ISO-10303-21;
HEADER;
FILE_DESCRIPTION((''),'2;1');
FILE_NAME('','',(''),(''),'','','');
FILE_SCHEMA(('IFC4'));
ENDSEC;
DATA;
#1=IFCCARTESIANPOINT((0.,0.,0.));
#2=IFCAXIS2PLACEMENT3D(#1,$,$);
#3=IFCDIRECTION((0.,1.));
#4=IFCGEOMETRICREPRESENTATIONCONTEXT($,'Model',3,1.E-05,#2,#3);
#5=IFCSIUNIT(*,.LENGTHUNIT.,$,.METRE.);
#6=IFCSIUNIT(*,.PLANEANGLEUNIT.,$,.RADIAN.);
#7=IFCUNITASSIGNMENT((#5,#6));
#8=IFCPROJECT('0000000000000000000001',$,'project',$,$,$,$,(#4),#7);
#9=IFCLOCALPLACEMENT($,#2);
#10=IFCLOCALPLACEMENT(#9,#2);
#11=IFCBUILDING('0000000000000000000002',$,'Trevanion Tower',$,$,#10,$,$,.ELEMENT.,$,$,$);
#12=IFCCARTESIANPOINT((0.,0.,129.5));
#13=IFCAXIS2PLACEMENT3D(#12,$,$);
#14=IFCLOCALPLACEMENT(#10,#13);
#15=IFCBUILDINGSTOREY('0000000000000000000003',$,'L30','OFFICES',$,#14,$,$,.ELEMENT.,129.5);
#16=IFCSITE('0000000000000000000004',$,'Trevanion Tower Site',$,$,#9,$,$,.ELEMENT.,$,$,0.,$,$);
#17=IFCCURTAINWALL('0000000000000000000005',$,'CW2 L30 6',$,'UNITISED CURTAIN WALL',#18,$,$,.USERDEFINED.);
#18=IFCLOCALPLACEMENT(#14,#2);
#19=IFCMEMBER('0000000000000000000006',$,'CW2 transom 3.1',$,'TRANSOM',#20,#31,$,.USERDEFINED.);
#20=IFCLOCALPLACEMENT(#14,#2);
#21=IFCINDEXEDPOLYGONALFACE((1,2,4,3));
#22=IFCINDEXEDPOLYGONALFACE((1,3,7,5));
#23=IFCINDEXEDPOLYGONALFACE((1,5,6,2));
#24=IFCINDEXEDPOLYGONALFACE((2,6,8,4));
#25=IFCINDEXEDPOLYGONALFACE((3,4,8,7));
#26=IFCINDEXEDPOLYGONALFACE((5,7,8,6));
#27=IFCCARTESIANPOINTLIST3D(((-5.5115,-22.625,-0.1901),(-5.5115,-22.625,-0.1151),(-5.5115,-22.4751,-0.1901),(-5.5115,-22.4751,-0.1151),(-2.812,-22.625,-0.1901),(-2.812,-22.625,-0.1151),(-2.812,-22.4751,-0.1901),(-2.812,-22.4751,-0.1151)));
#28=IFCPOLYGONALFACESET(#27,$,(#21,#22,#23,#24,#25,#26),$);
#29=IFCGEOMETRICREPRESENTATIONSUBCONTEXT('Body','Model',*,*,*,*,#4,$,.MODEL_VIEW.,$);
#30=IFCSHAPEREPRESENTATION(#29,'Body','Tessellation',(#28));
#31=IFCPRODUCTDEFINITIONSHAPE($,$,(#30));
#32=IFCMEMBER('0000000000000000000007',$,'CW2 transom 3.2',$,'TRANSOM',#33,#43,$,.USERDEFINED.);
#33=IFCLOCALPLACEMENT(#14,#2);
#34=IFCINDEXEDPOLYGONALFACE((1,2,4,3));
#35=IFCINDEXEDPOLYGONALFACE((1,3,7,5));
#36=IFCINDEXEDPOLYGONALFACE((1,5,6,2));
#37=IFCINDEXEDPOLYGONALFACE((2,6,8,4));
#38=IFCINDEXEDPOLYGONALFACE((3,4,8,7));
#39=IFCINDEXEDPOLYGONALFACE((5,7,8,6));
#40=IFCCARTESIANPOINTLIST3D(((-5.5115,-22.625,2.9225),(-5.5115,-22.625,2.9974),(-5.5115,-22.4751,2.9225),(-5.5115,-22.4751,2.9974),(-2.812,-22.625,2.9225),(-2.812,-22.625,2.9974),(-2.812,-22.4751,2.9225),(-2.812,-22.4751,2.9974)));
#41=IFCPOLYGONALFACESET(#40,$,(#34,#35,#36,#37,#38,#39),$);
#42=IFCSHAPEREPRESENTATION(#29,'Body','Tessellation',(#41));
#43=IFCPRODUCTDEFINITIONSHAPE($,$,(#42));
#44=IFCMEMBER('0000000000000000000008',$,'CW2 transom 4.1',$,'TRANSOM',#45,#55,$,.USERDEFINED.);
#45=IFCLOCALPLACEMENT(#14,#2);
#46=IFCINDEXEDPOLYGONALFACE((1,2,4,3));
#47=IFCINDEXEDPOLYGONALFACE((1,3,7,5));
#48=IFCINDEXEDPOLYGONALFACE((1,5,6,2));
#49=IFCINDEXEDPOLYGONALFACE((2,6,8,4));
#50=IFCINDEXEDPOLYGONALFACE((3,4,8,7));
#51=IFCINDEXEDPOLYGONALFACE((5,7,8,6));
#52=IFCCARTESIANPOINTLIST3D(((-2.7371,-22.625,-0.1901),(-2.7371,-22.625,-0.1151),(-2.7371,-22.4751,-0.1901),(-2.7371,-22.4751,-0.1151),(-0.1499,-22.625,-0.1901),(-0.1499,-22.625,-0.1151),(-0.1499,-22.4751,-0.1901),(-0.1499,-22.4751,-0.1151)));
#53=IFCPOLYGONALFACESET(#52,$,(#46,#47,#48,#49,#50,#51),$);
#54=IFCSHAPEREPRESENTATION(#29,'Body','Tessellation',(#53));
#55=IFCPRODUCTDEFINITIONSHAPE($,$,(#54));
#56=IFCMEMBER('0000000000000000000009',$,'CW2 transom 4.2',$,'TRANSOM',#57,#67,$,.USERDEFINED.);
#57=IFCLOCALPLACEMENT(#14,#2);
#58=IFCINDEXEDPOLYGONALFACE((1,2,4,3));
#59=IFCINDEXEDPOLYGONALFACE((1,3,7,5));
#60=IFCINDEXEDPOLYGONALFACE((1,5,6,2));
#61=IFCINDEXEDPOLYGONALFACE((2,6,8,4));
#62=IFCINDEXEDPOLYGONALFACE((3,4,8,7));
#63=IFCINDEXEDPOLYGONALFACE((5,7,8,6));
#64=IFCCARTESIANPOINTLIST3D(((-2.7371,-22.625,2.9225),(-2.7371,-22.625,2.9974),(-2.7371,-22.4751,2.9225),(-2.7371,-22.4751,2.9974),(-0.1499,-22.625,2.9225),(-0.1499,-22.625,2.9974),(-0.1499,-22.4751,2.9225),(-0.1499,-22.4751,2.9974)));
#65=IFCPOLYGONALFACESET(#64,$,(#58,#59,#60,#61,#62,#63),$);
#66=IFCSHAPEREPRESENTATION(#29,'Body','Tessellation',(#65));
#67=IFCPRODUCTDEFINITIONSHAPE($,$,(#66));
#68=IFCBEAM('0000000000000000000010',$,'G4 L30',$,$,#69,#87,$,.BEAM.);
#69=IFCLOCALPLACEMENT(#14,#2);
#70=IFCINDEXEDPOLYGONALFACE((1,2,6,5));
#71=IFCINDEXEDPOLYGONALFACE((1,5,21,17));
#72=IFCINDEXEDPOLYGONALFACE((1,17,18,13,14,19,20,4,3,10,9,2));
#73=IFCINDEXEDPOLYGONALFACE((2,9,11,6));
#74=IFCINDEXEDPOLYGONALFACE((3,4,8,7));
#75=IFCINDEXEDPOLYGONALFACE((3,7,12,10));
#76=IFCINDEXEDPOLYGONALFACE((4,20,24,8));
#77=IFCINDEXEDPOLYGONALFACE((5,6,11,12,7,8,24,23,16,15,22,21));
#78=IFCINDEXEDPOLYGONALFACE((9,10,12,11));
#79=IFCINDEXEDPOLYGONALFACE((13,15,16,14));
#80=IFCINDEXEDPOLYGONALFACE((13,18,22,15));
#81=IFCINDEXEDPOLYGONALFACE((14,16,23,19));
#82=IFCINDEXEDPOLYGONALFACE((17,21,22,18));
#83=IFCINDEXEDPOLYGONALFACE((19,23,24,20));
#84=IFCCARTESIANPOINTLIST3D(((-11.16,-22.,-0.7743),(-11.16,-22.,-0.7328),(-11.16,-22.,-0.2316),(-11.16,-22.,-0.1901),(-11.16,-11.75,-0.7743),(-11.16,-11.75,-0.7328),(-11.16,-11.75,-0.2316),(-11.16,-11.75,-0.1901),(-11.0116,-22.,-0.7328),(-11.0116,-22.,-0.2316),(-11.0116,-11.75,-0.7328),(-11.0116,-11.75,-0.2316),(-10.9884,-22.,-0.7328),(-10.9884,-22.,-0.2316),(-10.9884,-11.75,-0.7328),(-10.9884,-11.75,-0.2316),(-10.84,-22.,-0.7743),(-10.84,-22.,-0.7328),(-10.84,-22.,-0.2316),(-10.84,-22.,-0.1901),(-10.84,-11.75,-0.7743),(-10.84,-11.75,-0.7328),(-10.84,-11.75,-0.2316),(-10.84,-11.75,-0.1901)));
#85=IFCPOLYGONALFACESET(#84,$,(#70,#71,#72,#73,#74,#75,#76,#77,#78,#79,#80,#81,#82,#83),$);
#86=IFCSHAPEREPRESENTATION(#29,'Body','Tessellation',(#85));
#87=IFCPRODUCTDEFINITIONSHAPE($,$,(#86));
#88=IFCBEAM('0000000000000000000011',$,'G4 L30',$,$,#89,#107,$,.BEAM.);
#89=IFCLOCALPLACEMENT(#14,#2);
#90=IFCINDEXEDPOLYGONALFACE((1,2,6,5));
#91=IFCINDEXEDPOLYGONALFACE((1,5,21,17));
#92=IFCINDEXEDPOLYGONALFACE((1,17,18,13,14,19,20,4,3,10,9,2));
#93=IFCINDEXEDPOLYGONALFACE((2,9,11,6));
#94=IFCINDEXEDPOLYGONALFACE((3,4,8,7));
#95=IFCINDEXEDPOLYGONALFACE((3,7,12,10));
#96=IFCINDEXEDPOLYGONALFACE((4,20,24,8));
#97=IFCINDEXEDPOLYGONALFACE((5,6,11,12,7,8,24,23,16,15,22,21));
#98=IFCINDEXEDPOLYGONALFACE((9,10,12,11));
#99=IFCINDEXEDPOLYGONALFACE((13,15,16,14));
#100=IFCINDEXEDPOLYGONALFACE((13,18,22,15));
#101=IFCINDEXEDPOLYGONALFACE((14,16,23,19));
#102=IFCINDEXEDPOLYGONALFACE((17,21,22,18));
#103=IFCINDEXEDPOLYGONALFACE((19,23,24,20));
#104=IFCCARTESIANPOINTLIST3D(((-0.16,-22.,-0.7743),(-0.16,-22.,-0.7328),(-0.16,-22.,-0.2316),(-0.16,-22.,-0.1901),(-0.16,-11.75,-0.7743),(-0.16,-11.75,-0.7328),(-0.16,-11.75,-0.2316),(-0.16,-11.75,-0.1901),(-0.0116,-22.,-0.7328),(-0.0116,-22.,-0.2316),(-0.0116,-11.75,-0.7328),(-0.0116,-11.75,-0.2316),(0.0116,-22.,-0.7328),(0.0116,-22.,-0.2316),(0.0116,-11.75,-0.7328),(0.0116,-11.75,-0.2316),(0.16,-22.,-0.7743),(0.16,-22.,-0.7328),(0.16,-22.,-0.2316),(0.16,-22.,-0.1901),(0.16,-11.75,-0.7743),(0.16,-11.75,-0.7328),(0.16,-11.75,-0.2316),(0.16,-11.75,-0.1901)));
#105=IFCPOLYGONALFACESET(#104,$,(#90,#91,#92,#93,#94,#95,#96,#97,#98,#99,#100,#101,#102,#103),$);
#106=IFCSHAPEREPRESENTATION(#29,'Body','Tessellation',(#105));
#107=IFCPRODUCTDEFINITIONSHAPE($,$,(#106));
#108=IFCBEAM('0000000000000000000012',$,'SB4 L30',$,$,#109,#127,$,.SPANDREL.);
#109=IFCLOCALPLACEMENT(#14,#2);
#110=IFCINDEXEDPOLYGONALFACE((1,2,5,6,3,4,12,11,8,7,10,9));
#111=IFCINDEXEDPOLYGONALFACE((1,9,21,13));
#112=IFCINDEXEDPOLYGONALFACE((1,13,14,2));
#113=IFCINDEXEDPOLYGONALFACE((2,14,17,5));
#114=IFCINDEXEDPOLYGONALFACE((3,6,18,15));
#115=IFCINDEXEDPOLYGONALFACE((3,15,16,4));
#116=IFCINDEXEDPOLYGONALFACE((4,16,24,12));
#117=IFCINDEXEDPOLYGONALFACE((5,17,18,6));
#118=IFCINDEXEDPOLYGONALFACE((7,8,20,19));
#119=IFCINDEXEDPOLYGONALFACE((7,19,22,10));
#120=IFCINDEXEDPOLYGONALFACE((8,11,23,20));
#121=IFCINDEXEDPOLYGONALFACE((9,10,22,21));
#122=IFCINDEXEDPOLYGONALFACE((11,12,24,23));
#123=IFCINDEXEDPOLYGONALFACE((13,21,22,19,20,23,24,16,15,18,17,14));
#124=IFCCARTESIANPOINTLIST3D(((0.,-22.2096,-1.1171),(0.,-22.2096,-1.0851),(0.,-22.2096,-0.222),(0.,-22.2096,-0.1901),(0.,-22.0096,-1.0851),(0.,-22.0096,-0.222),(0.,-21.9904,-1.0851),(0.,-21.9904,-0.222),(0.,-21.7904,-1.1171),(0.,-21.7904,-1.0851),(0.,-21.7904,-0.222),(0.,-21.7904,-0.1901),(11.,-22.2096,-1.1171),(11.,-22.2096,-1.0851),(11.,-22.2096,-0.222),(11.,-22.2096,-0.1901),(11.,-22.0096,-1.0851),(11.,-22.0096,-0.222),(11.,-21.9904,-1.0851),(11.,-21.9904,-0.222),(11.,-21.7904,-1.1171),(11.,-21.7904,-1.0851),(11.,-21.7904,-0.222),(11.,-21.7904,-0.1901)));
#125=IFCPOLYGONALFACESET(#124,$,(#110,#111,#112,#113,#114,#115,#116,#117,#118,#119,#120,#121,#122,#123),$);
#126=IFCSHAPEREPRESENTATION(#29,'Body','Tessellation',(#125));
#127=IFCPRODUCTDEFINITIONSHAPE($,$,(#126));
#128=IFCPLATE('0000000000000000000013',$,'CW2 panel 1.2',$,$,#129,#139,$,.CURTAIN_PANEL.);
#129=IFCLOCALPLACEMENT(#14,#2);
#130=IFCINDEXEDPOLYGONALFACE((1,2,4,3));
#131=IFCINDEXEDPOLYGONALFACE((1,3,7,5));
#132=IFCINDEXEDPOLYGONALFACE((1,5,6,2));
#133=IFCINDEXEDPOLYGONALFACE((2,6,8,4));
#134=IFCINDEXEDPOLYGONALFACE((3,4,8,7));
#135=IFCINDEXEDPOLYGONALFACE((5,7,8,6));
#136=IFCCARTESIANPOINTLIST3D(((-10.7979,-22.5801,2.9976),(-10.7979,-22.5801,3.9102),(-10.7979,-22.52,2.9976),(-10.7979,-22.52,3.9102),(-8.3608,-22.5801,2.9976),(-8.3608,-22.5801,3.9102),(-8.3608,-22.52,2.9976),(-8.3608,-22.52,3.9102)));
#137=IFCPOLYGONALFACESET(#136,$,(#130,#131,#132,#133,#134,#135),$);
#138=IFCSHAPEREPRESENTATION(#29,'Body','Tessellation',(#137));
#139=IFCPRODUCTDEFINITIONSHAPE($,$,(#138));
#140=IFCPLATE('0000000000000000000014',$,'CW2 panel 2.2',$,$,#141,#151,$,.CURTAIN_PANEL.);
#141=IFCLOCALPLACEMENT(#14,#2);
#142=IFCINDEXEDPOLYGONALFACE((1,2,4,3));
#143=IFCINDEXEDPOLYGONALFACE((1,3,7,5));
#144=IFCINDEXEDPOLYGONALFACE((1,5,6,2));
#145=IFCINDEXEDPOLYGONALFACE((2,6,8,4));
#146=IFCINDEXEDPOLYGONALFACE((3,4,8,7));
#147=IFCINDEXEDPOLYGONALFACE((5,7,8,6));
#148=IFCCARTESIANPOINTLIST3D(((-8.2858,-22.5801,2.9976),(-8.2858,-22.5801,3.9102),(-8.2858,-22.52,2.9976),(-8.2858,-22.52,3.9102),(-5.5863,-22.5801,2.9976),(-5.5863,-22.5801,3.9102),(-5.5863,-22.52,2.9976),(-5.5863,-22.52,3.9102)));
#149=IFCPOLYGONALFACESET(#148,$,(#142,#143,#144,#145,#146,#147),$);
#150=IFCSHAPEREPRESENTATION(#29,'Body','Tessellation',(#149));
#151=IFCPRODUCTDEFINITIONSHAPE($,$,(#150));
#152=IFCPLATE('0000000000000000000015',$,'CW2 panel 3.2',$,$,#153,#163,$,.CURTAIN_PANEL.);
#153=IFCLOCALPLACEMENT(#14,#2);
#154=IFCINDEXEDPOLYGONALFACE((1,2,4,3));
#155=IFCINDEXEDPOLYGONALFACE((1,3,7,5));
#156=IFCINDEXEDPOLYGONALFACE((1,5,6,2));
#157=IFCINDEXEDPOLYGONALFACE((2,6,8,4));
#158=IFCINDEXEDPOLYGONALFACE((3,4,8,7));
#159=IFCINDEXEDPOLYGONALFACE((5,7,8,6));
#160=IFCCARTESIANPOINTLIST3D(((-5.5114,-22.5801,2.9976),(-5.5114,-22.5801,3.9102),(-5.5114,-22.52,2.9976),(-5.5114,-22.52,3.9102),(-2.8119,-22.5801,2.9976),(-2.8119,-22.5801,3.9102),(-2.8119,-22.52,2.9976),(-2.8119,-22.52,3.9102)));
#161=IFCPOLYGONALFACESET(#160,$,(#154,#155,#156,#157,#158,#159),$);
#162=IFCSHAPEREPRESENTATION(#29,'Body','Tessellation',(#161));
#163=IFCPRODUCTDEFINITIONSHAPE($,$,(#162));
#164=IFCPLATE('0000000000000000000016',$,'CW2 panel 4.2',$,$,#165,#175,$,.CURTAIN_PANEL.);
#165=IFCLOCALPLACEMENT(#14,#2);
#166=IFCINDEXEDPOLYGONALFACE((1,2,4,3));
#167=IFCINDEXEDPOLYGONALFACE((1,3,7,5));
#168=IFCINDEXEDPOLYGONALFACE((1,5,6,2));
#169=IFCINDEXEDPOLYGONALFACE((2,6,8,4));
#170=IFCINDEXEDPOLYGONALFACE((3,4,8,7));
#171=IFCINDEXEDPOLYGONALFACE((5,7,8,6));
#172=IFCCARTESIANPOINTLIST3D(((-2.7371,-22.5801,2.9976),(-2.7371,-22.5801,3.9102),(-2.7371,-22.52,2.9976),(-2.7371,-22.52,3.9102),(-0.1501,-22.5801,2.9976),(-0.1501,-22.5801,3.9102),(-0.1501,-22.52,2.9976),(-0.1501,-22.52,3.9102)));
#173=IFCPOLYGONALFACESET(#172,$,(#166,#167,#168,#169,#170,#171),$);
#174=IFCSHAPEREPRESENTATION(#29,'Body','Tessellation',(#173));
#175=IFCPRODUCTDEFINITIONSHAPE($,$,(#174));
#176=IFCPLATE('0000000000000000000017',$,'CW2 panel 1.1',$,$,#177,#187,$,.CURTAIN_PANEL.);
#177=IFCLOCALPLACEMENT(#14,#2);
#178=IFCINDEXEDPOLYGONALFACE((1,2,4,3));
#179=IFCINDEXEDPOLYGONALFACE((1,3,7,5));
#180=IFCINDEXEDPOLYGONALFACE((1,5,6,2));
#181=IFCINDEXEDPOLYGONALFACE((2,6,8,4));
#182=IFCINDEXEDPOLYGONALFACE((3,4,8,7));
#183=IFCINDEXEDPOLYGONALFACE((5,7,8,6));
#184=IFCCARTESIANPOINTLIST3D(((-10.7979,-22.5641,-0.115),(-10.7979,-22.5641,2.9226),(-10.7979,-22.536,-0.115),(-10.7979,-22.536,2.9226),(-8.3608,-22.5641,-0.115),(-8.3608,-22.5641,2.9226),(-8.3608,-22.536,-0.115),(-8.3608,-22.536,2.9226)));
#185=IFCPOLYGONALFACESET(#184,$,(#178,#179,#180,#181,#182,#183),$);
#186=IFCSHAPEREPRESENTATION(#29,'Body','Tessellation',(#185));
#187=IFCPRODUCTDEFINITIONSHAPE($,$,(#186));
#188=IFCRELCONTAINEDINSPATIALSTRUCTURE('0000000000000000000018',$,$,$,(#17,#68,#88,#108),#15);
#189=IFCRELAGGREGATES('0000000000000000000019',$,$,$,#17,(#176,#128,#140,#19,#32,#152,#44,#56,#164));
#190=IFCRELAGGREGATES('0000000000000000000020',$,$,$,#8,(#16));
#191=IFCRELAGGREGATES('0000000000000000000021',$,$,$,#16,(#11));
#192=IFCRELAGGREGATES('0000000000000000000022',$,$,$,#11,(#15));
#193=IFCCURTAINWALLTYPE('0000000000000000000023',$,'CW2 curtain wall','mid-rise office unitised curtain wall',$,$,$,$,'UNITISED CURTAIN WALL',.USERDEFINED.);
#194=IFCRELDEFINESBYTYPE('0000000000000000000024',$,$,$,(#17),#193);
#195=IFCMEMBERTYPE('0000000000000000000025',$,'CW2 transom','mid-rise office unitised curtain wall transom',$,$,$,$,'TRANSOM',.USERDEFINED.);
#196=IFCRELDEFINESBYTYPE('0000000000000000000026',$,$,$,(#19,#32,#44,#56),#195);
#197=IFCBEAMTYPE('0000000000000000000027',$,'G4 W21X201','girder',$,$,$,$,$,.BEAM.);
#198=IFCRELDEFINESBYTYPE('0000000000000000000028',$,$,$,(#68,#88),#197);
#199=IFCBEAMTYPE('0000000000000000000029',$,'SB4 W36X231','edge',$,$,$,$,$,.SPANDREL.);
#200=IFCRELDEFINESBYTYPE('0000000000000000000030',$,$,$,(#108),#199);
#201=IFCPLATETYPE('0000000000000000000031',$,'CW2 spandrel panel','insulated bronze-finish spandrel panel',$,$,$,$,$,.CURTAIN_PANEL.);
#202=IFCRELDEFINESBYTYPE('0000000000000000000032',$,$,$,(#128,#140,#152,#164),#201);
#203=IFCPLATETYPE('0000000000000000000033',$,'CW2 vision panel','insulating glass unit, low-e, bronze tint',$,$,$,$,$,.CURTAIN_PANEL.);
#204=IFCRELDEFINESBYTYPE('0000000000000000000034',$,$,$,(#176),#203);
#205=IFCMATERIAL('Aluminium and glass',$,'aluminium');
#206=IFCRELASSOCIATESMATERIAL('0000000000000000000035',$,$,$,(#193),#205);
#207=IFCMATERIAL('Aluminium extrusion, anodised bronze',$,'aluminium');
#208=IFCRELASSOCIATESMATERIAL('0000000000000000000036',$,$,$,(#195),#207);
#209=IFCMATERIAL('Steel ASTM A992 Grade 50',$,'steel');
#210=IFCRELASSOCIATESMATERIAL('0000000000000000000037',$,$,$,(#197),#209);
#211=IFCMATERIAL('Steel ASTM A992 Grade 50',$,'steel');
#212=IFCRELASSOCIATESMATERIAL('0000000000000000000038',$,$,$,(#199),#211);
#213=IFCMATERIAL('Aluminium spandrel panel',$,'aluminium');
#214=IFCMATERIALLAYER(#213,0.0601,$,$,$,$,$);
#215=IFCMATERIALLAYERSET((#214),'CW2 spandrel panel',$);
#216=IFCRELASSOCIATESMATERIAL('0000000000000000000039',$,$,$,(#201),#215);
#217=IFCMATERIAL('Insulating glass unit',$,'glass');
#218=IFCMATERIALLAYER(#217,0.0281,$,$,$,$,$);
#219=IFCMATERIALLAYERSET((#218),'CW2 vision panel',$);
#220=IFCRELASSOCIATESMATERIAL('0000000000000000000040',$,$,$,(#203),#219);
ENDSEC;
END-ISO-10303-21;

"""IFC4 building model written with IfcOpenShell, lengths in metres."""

from ifc_helpers import new_model, si_unit, direction, frame, origin, origin_2d, place, context, subcontext, project, spatial, rectangle, i_section, extrude, material, layer, layer_set, material_profile, profile_set, type_object, element, aggregate, save


model = new_model("IFC4")

# Units and contexts
model_context = context("Model", 3, precision=1e-05, world=origin(), true_north=direction((0.0, 1.0)))
body_context = subcontext(model_context, "Body", "Model", "MODEL_VIEW")
ifc_project = project(units=[si_unit("LENGTHUNIT", "METRE"), si_unit("PLANEANGLEUNIT", "RADIAN")], contexts=[model_context])

# Site, building, storey
site_placement = place(None, origin())
site = spatial("IfcSite", under=ifc_project, at=site_placement, Name="Trevanion Tower Site", CompositionType="ELEMENT", RefElevation=0.0)
building_placement = place(site_placement, origin())
building = spatial("IfcBuilding", under=site, at=building_placement, Name="Trevanion Tower", CompositionType="ELEMENT")
storey_placement = place(building_placement, frame((0.0, 0.0, 129.5)))
storey = spatial("IfcBuildingStorey", under=building, at=storey_placement, Name="L30", Description="OFFICES", CompositionType="ELEMENT", Elevation=129.5)

# Curtain wall, members
ifc_material_1 = material(Name="Aluminium and glass", Category="aluminium")
curtain_wall_type = type_object("IfcCurtainWallType", Name="CW2 curtain wall", Description="mid-rise office unitised curtain wall", ElementType="UNITISED CURTAIN WALL", PredefinedType="USERDEFINED", material=ifc_material_1)
curtain_wall_placement = place(storey_placement, origin())
curtain_wall = element("IfcCurtainWall", 1, at=curtain_wall_placement, inside=storey, type_object=curtain_wall_type, Name="CW2 L30 6", ObjectType="UNITISED CURTAIN WALL", PredefinedType="USERDEFINED")
ifc_material_2 = material(Name="Aluminium extrusion, anodised bronze", Category="aluminium")
ifc_material_profile_1 = material_profile(ifc_material_2, rectangle(XDim=0.1499, YDim=0.075, at=origin_2d()), Name="CW2 transom")
ifc_profile_set_1 = profile_set([ifc_material_profile_1], Name="Aluminium extrusion, anodised bronze")
member_type_1 = type_object("IfcMemberType", Name="CW2 transom", Description="mid-rise office unitised curtain wall transom", ElementType="TRANSOM", PredefinedType="USERDEFINED", material=ifc_profile_set_1)
member_1_placement = place(storey_placement, frame((-5.5115, -22.55, -0.1526), z_axis=(1.0, 0.0, 0.0), x_axis=(0.0, 1.0, 0.0)))
member_1 = element("IfcMember", 2, at=member_1_placement, type_object=member_type_1, Name="CW2 transom 3.1", ObjectType="TRANSOM", PredefinedType="USERDEFINED", context=body_context, shape_type="SweptSolid", body=[
    extrude(rectangle(XDim=0.1499, YDim=0.075, at=origin_2d()), origin(), (0.0, 0.0, 1.0), 2.6995),
])
member_2_placement = place(storey_placement, frame((-5.5115, -22.55, 2.96), z_axis=(1.0, 0.0, 0.0), x_axis=(0.0, 1.0, 0.0)))
member_2 = element("IfcMember", 3, at=member_2_placement, type_object=member_type_1, Name="CW2 transom 3.2", ObjectType="TRANSOM", PredefinedType="USERDEFINED", context=body_context, shape_type="SweptSolid", body=[
    extrude(rectangle(XDim=0.1499, YDim=0.075, at=origin_2d()), origin(), (0.0, 0.0, 1.0), 2.6995),
])
member_3_placement = place(storey_placement, frame((-2.7371, -22.55, -0.1526), z_axis=(1.0, 0.0, 0.0), x_axis=(0.0, 1.0, 0.0)))
member_3 = element("IfcMember", 4, at=member_3_placement, type_object=member_type_1, Name="CW2 transom 4.1", ObjectType="TRANSOM", PredefinedType="USERDEFINED", context=body_context, shape_type="SweptSolid", body=[
    extrude(rectangle(XDim=0.1499, YDim=0.075, at=origin_2d()), origin(), (0.0, 0.0, 1.0), 2.5872),
])
member_4_placement = place(storey_placement, frame((-2.7371, -22.55, 2.96), z_axis=(1.0, 0.0, 0.0), x_axis=(0.0, 1.0, 0.0)))
member_4 = element("IfcMember", 5, at=member_4_placement, type_object=member_type_1, Name="CW2 transom 4.2", ObjectType="TRANSOM", PredefinedType="USERDEFINED", context=body_context, shape_type="SweptSolid", body=[
    extrude(rectangle(XDim=0.1499, YDim=0.075, at=origin_2d()), origin(), (0.0, 0.0, 1.0), 2.5872),
])

# Beams
ifc_material_3 = material(Name="Steel ASTM A992 Grade 50", Category="steel")
ifc_material_profile_2 = material_profile(ifc_material_3, i_section(OverallWidth=0.3201, OverallDepth=0.5842, WebThickness=0.0232, FlangeThickness=0.0415, at=origin_2d()), Name="W21X201")
ifc_profile_set_2 = profile_set([ifc_material_profile_2], Name="Steel ASTM A992 Grade 50")
beam_type_1 = type_object("IfcBeamType", Name="G4 W21X201", Description="girder", PredefinedType="BEAM", material=ifc_profile_set_2)
for number, where, z_axis, x_axis, name in (
    (6, (-11.0, -11.75, -0.4822), (0.0, -1.0, 0.0), (1.0, 0.0, 0.0), "G4 L30"),
    (7, (0.0, -11.75, -0.4822), (0.0, -1.0, 0.0), (1.0, 0.0, 0.0), "G4 L30"),
):
    element("IfcBeam", number, at=place(storey_placement, frame(where, z_axis=z_axis, x_axis=x_axis)), inside=storey, type_object=beam_type_1, Name=name, PredefinedType="BEAM", context=body_context, shape_type="SweptSolid", body=[
        extrude(i_section(OverallWidth=0.3201, OverallDepth=0.5842, WebThickness=0.0232, FlangeThickness=0.0415, at=origin_2d()), origin(), (0.0, 0.0, 1.0), 10.25),
    ])
ifc_material_4 = material(Name="Steel ASTM A992 Grade 50", Category="steel")
ifc_material_profile_3 = material_profile(ifc_material_4, i_section(OverallWidth=0.4192, OverallDepth=0.927, WebThickness=0.0193, FlangeThickness=0.032, at=origin_2d()), Name="W36X231")
ifc_profile_set_3 = profile_set([ifc_material_profile_3], Name="Steel ASTM A992 Grade 50")
beam_type_2 = type_object("IfcBeamType", Name="SB4 W36X231", Description="edge", PredefinedType="SPANDREL", material=ifc_profile_set_3)
beam_placement = place(storey_placement, frame((0.0, -22.0, -0.6536), z_axis=(1.0, 0.0, 0.0), x_axis=(0.0, 1.0, 0.0)))
element("IfcBeam", 8, at=beam_placement, inside=storey, type_object=beam_type_2, Name="SB4 L30", PredefinedType="SPANDREL", context=body_context, shape_type="SweptSolid", body=[
    extrude(i_section(OverallWidth=0.4192, OverallDepth=0.927, WebThickness=0.0193, FlangeThickness=0.032, at=origin_2d()), origin(), (0.0, 0.0, 1.0), 11.0),
])

# Plates
ifc_material_5 = material(Name="Aluminium spandrel panel", Category="aluminium")
ifc_layer_1 = layer(ifc_material_5, 0.0601)
ifc_layer_set_1 = layer_set([ifc_layer_1], Name="CW2 spandrel panel")
plate_type_1 = type_object("IfcPlateType", Name="CW2 spandrel panel", Description="insulated bronze-finish spandrel panel", PredefinedType="CURTAIN_PANEL", material=ifc_layer_set_1)
plate_1_placement = place(storey_placement, frame((-9.5793, -22.55, 2.9976), z_axis=(0.0, 0.0, 1.0), x_axis=(1.0, 0.0, 0.0)))
plate_1 = element("IfcPlate", 9, at=plate_1_placement, type_object=plate_type_1, Name="CW2 panel 1.2", PredefinedType="CURTAIN_PANEL", context=body_context, shape_type="SweptSolid", body=[
    extrude(rectangle(XDim=2.437, YDim=0.0601, at=origin_2d()), origin(), (0.0, 0.0, 1.0), 0.9126),
])
plate_2_placement = place(storey_placement, frame((-6.936, -22.55, 2.9976), z_axis=(0.0, 0.0, 1.0), x_axis=(1.0, 0.0, 0.0)))
plate_2 = element("IfcPlate", 10, at=plate_2_placement, type_object=plate_type_1, Name="CW2 panel 2.2", PredefinedType="CURTAIN_PANEL", context=body_context, shape_type="SweptSolid", body=[
    extrude(rectangle(XDim=2.6995, YDim=0.0601, at=origin_2d()), origin(), (0.0, 0.0, 1.0), 0.9126),
])
plate_3_placement = place(storey_placement, frame((-4.1616, -22.55, 2.9976), z_axis=(0.0, 0.0, 1.0), x_axis=(1.0, 0.0, 0.0)))
plate_3 = element("IfcPlate", 11, at=plate_3_placement, type_object=plate_type_1, Name="CW2 panel 3.2", PredefinedType="CURTAIN_PANEL", context=body_context, shape_type="SweptSolid", body=[
    extrude(rectangle(XDim=2.6995, YDim=0.0601, at=origin_2d()), origin(), (0.0, 0.0, 1.0), 0.9126),
])
plate_4_placement = place(storey_placement, frame((-1.4436, -22.55, 2.9976), z_axis=(0.0, 0.0, 1.0), x_axis=(1.0, 0.0, 0.0)))
plate_4 = element("IfcPlate", 12, at=plate_4_placement, type_object=plate_type_1, Name="CW2 panel 4.2", PredefinedType="CURTAIN_PANEL", context=body_context, shape_type="SweptSolid", body=[
    extrude(rectangle(XDim=2.5869, YDim=0.0601, at=origin_2d()), origin(), (0.0, 0.0, 1.0), 0.9126),
])
ifc_material_6 = material(Name="Insulating glass unit", Category="glass")
ifc_layer_2 = layer(ifc_material_6, 0.0281)
ifc_layer_set_2 = layer_set([ifc_layer_2], Name="CW2 vision panel")
plate_type_2 = type_object("IfcPlateType", Name="CW2 vision panel", Description="insulating glass unit, low-e, bronze tint", PredefinedType="CURTAIN_PANEL", material=ifc_layer_set_2)
plate_5_placement = place(storey_placement, frame((-9.5793, -22.55, -0.115), z_axis=(0.0, 0.0, 1.0), x_axis=(1.0, 0.0, 0.0)))
plate_5 = element("IfcPlate", 13, at=plate_5_placement, type_object=plate_type_2, Name="CW2 panel 1.1", PredefinedType="CURTAIN_PANEL", context=body_context, shape_type="SweptSolid", body=[
    extrude(rectangle(XDim=2.437, YDim=0.0281, at=origin_2d()), origin(), (0.0, 0.0, 1.0), 3.0376),
])
aggregate(curtain_wall, [plate_5, plate_1, plate_2, member_1, member_2, plate_3, member_3, member_4, plate_4])

save(model, "model.ifc")
